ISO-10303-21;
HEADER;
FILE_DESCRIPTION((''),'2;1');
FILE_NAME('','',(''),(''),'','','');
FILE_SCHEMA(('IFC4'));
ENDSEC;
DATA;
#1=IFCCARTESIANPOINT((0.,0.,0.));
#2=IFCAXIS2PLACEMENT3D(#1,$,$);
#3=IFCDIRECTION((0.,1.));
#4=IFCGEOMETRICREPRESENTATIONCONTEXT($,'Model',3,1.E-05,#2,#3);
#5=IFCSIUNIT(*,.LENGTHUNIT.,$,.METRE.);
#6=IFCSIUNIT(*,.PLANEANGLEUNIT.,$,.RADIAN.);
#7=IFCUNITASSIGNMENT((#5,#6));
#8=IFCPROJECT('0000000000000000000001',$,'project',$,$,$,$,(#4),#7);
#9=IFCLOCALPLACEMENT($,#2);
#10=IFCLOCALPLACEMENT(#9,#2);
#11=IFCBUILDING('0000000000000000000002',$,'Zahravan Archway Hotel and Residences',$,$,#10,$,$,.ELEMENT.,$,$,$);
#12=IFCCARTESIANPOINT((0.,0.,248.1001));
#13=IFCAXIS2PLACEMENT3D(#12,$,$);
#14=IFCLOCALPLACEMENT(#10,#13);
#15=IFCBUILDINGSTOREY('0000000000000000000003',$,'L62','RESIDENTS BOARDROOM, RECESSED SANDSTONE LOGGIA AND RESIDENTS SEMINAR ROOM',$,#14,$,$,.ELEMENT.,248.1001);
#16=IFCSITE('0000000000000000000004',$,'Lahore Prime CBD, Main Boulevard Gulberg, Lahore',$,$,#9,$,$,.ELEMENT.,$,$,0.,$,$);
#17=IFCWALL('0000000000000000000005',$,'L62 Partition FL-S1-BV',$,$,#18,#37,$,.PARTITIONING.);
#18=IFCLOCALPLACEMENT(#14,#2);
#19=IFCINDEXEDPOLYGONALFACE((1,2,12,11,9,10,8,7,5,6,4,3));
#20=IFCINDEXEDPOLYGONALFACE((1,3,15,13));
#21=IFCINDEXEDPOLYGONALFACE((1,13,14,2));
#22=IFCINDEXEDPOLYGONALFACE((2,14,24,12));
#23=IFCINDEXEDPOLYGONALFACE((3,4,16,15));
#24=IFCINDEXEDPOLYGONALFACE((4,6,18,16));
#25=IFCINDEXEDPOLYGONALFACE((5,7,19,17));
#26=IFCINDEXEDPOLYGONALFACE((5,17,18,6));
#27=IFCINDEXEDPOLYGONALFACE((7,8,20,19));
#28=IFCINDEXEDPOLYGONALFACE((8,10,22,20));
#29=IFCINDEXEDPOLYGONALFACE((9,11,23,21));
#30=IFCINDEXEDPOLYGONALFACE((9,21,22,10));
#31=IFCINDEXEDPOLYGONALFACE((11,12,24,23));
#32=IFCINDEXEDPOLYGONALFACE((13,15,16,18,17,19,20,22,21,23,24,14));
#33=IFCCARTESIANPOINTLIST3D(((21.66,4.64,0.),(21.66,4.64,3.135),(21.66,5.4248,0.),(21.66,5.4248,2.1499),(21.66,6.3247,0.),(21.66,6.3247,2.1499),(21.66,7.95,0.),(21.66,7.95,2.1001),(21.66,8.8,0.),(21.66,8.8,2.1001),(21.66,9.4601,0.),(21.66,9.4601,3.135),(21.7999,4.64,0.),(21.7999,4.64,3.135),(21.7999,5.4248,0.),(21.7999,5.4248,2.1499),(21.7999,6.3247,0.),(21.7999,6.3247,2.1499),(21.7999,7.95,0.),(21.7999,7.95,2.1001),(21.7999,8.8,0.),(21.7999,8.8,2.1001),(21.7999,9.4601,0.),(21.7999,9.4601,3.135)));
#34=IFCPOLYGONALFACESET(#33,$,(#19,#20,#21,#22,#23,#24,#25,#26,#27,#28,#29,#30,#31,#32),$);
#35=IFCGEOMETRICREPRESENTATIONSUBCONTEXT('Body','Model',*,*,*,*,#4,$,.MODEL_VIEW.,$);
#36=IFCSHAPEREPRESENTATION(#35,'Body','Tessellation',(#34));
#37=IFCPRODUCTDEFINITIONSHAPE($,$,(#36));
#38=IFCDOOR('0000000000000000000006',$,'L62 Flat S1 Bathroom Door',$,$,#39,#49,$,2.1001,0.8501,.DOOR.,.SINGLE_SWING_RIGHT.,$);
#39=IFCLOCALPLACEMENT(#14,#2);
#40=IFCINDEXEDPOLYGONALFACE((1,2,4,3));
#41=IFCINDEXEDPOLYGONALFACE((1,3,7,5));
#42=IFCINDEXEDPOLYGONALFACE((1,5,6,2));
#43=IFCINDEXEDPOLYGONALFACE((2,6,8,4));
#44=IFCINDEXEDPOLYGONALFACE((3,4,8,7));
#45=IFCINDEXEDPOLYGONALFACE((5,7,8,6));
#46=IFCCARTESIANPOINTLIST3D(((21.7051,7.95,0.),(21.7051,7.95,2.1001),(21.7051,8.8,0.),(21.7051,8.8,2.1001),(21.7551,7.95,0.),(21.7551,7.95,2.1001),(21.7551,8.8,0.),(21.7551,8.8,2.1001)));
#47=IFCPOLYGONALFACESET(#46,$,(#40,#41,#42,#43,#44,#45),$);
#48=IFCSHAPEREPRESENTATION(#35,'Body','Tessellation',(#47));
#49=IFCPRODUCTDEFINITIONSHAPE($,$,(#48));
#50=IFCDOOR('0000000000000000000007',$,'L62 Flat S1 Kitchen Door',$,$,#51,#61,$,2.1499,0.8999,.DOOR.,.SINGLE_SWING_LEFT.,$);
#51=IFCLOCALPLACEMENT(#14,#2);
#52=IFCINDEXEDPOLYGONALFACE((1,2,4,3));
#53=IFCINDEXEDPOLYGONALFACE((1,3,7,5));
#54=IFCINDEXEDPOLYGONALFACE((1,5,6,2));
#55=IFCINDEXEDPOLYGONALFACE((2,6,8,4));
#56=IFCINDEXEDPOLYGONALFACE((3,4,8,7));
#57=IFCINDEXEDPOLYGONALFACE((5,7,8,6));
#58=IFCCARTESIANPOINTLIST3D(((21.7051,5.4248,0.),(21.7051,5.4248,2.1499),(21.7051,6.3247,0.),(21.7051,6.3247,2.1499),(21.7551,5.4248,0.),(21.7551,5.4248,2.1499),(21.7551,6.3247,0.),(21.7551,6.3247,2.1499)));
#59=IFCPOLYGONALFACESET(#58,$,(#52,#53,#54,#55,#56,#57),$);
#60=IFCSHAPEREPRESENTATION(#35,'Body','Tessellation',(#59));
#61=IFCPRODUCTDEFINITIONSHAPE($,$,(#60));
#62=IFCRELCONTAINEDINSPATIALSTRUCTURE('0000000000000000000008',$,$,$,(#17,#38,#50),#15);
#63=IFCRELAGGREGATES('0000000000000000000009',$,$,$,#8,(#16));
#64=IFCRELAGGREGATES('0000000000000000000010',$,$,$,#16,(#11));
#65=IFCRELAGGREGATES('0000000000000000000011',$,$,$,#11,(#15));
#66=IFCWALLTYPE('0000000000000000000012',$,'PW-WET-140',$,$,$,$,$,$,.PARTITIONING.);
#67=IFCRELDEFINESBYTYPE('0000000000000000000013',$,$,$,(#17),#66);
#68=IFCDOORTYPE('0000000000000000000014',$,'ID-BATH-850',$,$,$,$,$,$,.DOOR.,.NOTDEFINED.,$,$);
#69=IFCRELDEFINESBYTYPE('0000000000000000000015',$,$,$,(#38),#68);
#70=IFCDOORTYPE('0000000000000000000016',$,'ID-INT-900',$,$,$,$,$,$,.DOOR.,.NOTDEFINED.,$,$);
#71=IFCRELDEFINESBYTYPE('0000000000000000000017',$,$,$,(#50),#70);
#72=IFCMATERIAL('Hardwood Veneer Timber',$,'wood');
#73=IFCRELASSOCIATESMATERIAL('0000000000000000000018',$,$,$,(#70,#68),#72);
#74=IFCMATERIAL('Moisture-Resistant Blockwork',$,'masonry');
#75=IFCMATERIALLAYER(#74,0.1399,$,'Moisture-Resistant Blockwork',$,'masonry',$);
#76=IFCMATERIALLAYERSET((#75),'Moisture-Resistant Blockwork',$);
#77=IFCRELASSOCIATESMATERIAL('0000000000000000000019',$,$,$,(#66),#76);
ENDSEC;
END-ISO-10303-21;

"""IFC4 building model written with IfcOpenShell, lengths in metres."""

from ifc_helpers import new_model, si_unit, direction, frame, frame_2d, origin, place, context, subcontext, project, spatial, rectangle, extrude, source, transform, mapped, material, layer, layer_set, type_object, type_shapes, element, fill, save


model = new_model("IFC4")

# Units and contexts
model_context = context("Model", 3, precision=1e-05, world=origin(), true_north=direction((0.0, 1.0)))
body_context = subcontext(model_context, "Body", "Model", "MODEL_VIEW")
ifc_project = project(units=[si_unit("LENGTHUNIT", "METRE"), si_unit("PLANEANGLEUNIT", "RADIAN")], contexts=[model_context])

# Site, building, storey
site_placement = place(None, origin())
site = spatial("IfcSite", under=ifc_project, at=site_placement, Name="Lahore Prime CBD, Main Boulevard Gulberg, Lahore", CompositionType="ELEMENT", RefElevation=0.0)
building_placement = place(site_placement, origin())
building = spatial("IfcBuilding", under=site, at=building_placement, Name="Zahravan Archway Hotel and Residences", CompositionType="ELEMENT")
storey_placement = place(building_placement, frame((0.0, 0.0, 248.1001)))
storey = spatial("IfcBuildingStorey", under=building, at=storey_placement, Name="L62", Description="RESIDENTS BOARDROOM, RECESSED SANDSTONE LOGGIA AND RESIDENTS SEMINAR ROOM", CompositionType="ELEMENT", Elevation=248.1001)

# Shared definitions
ifc_material_1 = material(Name="Hardwood Veneer Timber", Category="wood")

# Shared definitions
door_type_1 = type_object("IfcDoorType", Name="ID-INT-900", OperationType="NOTDEFINED", PredefinedType="DOOR", material=ifc_material_1)
shared_shape_1 = source(origin(), body_context, "Body", "SweptSolid", [
    extrude(rectangle(XDim=0.8999, YDim=2.1499, at=frame_2d((0.45, 1.075))), frame((0.0, 0.0249, 0.0), z_axis=(0.0, -1.0, 0.0), x_axis=(1.0, 0.0, 0.0)), (0.0, 0.0, 1.0), 0.05),
])
type_shapes(door_type_1, [shared_shape_1])

# Wall, openings, doors
ifc_material_2 = material(Name="Moisture-Resistant Blockwork", Category="masonry")
ifc_layer_1 = layer(ifc_material_2, 0.1399, Name="Moisture-Resistant Blockwork", Category="masonry")
ifc_layer_set_1 = layer_set([ifc_layer_1], Name="Moisture-Resistant Blockwork")
wall_type_1 = type_object("IfcWallType", Name="PW-WET-140", PredefinedType="PARTITIONING", material=ifc_layer_set_1)
wall_1_placement = place(storey_placement, frame((21.73, 4.6399, 0.0), z_axis=(0.0, 0.0, 1.0), x_axis=(0.0, 1.0, 0.0)))
wall_1 = element("IfcWall", 1, at=wall_1_placement, inside=storey, type_object=wall_type_1, Name="L62 Partition FL-S1-BV", PredefinedType="PARTITIONING", context=body_context, shape_type="SweptSolid", body=[
    extrude(rectangle(XDim=4.8201, YDim=0.1399, at=frame_2d((2.4102, 0.0))), origin(), (0.0, 0.0, 1.0), 3.135),
])
opening_1_placement = place(wall_1_placement, frame((0.7849, 0.0, 0.0)))
opening_1 = element("IfcOpeningElement", 2, at=opening_1_placement, cuts=wall_1, PredefinedType="OPENING", context=body_context, shape_type="SweptSolid", body=[
    extrude(rectangle(XDim=0.8999, YDim=2.1499, at=frame_2d((0.45, 1.075))), frame((0.0, 0.0801, 0.0), z_axis=(0.0, -1.0, 0.0), x_axis=(1.0, 0.0, 0.0)), (0.0, 0.0, 1.0), 0.1599),
])
opening_2_placement = place(wall_1_placement, frame((3.3101, 0.0, 0.0)))
opening_2 = element("IfcOpeningElement", 3, at=opening_2_placement, cuts=wall_1, PredefinedType="OPENING", context=body_context, shape_type="SweptSolid", body=[
    extrude(rectangle(XDim=0.8501, YDim=2.1001, at=frame_2d((0.425, 1.05))), frame((0.0, 0.0801, 0.0), z_axis=(0.0, -1.0, 0.0), x_axis=(1.0, 0.0, 0.0)), (0.0, 0.0, 1.0), 0.1599),
])
door_type_2 = type_object("IfcDoorType", Name="ID-BATH-850", OperationType="NOTDEFINED", PredefinedType="DOOR", material=ifc_material_1)
shared_shape_2 = source(origin(), body_context, "Body", "SweptSolid", [
    extrude(rectangle(XDim=0.8501, YDim=2.1001, at=frame_2d((0.425, 1.05))), frame((0.0, 0.0249, 0.0), z_axis=(0.0, -1.0, 0.0), x_axis=(1.0, 0.0, 0.0)), (0.0, 0.0, 1.0), 0.05),
])
type_shapes(door_type_2, [shared_shape_2])
door_1_placement = place(opening_2_placement, origin())
door_1 = element("IfcDoor", 4, at=door_1_placement, inside=storey, type_object=door_type_2, Name="L62 Flat S1 Bathroom Door", OperationType="SINGLE_SWING_RIGHT", OverallHeight=2.1001, OverallWidth=0.8501, PredefinedType="DOOR", context=body_context, shape_type="MappedRepresentation", body=[
    mapped(shared_shape_2, transform((0.0, 0.0, 0.0), scale=1.0)),
])
fill(opening_2, door_1)
door_2_placement = place(opening_1_placement, origin())
door_2 = element("IfcDoor", 5, at=door_2_placement, inside=storey, type_object=door_type_1, Name="L62 Flat S1 Kitchen Door", OperationType="SINGLE_SWING_LEFT", OverallHeight=2.1499, OverallWidth=0.8999, PredefinedType="DOOR", context=body_context, shape_type="MappedRepresentation", body=[
    mapped(shared_shape_1, transform((0.0, 0.0, 0.0), scale=1.0)),
])
fill(opening_1, door_2)

save(model, "model.ifc")
